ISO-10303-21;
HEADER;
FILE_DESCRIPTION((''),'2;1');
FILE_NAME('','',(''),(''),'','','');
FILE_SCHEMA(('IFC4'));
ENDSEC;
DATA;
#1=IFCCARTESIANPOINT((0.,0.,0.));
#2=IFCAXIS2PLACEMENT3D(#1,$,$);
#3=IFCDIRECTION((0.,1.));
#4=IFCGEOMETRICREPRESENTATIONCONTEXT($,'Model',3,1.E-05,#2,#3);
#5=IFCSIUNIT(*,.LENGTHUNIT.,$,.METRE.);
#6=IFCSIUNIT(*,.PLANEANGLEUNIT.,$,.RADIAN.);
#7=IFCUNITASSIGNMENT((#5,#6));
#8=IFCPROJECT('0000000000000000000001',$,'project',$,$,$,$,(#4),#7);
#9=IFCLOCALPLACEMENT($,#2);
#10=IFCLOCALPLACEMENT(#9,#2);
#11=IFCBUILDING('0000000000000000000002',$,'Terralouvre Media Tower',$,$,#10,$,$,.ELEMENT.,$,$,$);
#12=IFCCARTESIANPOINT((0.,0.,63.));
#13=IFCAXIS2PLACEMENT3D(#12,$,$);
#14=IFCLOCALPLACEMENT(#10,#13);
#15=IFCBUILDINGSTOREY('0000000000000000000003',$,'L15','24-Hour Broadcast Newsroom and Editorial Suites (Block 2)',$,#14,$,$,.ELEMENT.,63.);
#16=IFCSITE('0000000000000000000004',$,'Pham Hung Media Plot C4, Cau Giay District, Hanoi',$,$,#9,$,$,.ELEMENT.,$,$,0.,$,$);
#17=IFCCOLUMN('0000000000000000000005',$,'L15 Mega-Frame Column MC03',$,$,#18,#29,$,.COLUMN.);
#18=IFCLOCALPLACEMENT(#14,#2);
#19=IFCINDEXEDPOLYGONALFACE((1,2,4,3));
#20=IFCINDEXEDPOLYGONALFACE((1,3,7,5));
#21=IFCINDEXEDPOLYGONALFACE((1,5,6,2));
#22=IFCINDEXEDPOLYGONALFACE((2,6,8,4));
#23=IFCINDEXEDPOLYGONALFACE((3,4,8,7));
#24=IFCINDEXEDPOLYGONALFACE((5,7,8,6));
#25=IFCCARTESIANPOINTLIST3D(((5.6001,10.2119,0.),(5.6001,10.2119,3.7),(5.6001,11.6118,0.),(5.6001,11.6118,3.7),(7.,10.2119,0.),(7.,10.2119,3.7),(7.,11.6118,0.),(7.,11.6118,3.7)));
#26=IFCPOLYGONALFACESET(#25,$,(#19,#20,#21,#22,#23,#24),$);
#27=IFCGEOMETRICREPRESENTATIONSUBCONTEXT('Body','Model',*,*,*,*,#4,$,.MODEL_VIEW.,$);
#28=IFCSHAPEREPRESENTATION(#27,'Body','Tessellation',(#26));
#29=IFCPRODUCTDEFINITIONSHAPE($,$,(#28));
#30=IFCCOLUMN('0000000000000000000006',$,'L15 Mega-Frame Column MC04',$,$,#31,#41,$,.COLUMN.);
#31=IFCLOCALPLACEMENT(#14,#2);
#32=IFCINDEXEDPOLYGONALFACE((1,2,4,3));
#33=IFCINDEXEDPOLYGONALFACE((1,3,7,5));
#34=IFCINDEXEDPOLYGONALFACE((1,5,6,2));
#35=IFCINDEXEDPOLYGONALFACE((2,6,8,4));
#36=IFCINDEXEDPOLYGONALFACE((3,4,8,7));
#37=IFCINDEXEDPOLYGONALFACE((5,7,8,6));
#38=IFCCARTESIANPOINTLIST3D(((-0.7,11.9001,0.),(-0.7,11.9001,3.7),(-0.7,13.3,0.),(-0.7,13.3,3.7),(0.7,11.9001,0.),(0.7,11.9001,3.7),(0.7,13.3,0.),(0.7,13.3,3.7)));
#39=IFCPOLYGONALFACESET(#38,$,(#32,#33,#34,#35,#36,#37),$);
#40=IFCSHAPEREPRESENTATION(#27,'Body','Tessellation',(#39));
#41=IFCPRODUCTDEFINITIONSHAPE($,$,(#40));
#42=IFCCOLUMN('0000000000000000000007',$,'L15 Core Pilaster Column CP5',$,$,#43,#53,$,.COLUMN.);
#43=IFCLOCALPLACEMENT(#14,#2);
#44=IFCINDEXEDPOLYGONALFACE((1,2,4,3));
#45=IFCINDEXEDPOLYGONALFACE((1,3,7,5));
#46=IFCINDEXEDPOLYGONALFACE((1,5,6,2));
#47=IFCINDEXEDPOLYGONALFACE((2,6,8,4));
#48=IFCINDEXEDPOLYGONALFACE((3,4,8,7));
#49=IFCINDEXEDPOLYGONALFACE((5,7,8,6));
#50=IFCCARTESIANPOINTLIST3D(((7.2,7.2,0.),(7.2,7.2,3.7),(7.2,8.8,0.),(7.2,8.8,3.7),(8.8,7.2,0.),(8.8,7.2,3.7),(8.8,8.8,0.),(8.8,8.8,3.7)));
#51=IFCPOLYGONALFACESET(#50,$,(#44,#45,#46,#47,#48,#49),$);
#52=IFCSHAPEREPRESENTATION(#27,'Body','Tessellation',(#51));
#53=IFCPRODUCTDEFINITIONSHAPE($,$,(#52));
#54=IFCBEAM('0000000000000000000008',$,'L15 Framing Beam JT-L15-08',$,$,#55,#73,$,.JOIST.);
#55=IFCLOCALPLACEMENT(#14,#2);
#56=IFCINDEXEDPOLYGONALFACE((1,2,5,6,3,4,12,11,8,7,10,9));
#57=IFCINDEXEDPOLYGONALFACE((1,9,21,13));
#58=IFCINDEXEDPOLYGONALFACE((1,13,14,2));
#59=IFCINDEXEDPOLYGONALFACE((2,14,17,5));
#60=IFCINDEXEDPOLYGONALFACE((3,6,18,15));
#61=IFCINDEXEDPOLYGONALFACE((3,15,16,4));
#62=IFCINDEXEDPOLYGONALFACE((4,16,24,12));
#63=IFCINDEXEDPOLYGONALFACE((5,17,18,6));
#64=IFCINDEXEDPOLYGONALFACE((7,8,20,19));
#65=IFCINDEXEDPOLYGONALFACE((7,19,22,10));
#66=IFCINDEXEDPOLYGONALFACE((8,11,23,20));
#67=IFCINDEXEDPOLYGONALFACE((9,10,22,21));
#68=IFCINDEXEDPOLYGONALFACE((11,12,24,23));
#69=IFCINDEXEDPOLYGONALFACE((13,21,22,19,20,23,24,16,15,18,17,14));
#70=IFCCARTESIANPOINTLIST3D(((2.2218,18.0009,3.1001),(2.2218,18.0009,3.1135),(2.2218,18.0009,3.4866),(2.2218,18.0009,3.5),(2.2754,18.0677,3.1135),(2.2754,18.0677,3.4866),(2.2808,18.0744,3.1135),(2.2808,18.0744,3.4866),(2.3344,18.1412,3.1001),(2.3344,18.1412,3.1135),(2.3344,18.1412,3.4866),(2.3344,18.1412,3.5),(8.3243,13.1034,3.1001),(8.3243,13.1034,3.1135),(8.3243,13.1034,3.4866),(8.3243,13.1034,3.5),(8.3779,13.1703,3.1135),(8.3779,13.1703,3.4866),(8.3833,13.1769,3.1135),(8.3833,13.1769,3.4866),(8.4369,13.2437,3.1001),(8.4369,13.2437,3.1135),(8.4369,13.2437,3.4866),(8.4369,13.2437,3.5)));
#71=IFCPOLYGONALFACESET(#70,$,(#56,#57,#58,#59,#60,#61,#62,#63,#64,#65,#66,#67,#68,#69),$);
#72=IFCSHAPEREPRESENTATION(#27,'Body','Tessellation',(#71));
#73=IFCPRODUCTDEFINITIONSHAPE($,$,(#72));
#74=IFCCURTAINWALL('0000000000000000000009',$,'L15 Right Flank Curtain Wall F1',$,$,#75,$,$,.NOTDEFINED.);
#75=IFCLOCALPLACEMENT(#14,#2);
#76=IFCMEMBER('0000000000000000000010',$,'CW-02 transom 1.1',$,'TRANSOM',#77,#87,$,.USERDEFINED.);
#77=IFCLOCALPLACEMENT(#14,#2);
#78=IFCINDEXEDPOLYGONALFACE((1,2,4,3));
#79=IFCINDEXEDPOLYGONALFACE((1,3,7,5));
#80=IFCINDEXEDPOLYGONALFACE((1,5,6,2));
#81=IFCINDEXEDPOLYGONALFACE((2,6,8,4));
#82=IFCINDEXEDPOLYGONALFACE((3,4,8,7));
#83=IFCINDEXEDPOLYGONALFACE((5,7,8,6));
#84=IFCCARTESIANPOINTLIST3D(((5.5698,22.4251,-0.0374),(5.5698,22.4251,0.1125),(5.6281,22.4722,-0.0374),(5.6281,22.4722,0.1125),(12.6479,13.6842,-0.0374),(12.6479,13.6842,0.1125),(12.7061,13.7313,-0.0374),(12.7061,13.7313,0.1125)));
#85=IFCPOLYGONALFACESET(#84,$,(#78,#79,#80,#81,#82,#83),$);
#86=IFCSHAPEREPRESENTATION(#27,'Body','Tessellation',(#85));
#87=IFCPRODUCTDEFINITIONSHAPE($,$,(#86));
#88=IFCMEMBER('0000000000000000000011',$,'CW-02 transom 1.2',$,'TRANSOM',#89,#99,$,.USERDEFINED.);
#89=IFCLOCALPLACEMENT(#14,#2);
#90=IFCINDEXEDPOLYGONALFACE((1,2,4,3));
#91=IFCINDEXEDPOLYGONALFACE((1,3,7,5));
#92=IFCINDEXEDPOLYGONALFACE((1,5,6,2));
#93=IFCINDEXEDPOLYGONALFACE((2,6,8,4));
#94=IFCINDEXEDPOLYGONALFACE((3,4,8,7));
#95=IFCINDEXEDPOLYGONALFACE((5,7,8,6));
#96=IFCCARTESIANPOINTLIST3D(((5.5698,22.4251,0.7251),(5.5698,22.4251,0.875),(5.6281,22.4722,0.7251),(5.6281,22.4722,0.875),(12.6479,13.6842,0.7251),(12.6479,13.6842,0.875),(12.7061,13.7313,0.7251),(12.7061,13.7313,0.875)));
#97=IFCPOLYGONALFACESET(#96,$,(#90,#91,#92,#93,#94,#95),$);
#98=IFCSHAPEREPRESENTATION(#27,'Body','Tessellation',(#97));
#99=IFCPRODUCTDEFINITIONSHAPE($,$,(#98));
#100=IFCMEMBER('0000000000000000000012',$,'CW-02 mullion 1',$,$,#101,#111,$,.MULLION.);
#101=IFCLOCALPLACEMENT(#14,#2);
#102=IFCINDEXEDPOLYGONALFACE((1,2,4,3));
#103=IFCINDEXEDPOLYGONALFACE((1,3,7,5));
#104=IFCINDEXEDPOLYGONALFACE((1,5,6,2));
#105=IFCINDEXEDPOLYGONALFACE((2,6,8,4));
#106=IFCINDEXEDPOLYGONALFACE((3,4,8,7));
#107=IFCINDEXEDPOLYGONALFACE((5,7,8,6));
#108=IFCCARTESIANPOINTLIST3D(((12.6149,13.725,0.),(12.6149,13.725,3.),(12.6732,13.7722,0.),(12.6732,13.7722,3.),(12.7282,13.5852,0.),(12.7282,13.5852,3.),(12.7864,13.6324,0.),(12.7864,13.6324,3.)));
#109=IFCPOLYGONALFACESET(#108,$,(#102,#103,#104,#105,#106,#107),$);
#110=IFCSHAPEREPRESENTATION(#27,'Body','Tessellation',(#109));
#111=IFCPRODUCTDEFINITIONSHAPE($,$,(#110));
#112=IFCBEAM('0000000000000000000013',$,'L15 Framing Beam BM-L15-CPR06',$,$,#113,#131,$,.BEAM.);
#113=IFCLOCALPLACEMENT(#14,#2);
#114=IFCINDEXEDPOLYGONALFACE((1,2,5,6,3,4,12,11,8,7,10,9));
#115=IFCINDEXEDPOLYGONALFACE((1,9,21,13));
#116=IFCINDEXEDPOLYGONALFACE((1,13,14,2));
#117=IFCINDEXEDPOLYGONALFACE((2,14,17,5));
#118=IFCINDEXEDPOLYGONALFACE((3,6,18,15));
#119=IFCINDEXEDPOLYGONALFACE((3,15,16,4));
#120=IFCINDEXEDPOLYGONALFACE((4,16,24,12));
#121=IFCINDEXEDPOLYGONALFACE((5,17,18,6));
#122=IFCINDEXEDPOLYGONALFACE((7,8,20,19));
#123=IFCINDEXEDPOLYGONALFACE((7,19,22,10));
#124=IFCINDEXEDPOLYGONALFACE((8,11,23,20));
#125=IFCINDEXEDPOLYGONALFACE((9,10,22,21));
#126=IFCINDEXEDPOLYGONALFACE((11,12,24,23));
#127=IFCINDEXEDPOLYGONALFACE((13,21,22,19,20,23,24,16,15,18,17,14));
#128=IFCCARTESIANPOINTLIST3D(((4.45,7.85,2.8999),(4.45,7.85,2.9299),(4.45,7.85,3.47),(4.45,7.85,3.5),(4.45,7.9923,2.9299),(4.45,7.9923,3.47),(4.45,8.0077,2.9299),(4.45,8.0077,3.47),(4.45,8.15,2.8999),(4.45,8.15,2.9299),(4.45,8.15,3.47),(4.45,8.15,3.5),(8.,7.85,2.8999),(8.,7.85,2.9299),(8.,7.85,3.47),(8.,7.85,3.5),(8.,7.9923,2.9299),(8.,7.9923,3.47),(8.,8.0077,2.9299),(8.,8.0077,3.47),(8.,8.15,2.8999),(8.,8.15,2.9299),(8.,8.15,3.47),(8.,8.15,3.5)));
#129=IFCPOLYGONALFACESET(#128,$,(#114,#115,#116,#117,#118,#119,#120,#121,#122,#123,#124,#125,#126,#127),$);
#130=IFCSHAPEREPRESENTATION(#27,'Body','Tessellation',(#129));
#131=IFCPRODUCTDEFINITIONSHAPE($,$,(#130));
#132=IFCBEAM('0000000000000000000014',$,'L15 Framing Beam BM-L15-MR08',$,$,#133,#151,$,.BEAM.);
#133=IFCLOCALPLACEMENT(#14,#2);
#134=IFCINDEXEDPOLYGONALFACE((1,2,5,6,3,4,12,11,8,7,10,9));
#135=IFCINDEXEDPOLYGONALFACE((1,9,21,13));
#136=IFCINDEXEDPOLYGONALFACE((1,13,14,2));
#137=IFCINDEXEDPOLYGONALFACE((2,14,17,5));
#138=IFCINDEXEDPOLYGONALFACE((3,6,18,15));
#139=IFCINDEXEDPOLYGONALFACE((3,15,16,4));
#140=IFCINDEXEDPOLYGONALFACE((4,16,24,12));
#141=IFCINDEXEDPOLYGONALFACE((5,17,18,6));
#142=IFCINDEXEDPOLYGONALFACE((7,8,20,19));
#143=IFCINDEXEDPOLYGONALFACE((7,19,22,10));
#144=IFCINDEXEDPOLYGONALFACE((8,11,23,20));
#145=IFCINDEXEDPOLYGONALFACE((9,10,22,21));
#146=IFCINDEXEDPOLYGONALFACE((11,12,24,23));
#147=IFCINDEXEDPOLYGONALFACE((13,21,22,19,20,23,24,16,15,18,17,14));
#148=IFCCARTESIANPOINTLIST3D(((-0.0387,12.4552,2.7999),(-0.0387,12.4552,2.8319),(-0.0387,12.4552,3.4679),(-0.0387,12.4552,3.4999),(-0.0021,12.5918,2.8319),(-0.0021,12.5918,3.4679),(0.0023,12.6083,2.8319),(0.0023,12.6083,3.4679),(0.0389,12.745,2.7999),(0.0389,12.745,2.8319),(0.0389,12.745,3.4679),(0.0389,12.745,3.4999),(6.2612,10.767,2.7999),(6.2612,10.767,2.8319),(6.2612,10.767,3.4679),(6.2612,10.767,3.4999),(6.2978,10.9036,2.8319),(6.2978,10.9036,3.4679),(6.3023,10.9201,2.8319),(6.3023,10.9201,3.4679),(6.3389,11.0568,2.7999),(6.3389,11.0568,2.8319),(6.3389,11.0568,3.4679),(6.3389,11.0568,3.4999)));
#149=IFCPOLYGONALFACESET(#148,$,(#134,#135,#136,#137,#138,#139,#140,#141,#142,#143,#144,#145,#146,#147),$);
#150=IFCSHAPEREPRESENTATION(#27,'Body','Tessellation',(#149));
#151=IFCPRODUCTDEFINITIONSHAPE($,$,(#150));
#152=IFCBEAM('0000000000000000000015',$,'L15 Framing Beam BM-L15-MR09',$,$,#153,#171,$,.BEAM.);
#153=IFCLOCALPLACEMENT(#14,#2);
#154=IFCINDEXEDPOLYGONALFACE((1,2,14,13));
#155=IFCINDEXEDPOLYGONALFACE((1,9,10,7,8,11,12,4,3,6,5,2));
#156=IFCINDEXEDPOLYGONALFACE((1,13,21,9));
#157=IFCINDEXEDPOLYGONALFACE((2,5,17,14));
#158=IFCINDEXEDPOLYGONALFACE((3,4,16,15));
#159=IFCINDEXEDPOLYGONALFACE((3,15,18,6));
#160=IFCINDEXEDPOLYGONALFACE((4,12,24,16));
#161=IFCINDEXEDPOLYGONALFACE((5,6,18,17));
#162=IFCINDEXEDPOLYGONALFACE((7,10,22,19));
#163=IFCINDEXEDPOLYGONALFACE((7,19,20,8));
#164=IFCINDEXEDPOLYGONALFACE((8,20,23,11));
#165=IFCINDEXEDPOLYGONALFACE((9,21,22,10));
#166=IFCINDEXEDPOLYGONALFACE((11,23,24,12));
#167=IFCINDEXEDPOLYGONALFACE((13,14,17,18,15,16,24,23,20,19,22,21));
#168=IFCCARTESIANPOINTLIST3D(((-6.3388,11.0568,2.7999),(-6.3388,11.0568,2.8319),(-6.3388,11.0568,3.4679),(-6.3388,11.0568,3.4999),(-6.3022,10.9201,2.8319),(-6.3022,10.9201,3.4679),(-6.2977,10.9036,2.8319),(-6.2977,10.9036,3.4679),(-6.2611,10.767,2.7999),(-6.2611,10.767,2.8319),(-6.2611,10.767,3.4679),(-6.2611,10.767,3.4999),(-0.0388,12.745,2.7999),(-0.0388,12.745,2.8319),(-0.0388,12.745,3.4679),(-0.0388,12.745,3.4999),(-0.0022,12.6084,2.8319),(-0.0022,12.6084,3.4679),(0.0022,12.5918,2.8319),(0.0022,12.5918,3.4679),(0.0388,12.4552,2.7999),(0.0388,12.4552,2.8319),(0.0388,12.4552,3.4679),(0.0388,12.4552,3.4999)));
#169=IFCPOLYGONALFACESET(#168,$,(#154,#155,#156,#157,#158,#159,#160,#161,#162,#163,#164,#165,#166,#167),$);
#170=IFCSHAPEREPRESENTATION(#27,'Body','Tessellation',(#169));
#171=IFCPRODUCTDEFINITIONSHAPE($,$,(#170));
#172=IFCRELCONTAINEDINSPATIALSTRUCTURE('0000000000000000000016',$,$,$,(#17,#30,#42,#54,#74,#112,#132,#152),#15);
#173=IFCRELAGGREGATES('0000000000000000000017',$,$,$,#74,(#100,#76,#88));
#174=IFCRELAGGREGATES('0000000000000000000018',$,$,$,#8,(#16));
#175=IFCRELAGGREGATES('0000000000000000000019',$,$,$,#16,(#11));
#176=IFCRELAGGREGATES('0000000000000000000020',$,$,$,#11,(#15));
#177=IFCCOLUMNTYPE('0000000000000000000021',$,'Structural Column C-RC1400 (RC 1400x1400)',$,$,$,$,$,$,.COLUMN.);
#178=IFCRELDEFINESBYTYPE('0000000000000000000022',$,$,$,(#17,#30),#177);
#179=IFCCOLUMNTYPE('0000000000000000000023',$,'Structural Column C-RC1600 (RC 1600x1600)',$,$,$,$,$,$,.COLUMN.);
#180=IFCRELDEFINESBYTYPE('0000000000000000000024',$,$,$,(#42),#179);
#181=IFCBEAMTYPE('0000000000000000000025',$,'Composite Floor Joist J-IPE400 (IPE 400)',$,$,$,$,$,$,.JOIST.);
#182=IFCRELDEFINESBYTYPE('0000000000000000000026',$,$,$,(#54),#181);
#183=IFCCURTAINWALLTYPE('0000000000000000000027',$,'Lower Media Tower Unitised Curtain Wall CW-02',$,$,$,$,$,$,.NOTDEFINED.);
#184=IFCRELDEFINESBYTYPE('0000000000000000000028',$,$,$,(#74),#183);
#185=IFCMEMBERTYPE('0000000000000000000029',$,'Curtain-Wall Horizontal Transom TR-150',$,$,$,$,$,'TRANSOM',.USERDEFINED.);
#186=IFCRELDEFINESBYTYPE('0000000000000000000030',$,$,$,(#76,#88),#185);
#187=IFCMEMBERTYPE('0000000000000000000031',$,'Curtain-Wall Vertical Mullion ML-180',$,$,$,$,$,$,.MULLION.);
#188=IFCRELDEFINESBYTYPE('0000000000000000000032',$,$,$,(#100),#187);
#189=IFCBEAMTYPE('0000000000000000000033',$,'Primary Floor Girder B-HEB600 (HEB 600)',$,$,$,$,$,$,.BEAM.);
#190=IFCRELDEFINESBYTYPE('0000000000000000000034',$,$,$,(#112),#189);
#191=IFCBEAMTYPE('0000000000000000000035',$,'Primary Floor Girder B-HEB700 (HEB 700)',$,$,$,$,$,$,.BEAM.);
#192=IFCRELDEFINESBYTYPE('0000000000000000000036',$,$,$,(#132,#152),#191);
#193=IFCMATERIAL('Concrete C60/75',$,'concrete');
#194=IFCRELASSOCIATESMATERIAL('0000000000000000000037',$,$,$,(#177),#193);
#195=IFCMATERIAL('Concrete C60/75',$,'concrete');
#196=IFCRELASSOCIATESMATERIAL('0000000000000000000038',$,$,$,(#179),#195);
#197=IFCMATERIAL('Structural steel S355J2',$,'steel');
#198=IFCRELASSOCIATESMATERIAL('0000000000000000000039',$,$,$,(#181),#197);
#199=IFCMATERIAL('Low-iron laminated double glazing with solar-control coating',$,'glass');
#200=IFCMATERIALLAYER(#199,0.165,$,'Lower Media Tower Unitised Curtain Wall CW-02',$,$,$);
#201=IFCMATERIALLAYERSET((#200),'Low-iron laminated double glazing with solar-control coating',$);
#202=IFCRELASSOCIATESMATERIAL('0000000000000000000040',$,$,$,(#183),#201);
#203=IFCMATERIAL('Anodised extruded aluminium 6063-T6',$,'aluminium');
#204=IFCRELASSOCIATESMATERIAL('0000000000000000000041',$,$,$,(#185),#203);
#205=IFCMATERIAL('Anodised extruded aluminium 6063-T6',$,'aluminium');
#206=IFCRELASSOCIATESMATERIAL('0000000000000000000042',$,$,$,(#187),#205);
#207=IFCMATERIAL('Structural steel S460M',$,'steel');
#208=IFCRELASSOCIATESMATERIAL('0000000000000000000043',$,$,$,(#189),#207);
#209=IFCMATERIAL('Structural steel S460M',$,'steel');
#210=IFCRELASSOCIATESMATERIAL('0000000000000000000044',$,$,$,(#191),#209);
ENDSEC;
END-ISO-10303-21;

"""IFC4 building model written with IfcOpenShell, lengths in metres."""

from ifc_helpers import new_model, si_unit, direction, frame, origin, origin_2d, place, context, subcontext, project, spatial, rectangle, i_section, extrude, material, layer, layer_set, material_profile, profile_set, type_object, element, aggregate, save


model = new_model("IFC4")

# Units and contexts
model_context = context("Model", 3, precision=1e-05, world=origin(), true_north=direction((0.0, 1.0)))
body_context = subcontext(model_context, "Body", "Model", "MODEL_VIEW")
ifc_project = project(units=[si_unit("LENGTHUNIT", "METRE"), si_unit("PLANEANGLEUNIT", "RADIAN")], contexts=[model_context])

# Site, building, storey
site_placement = place(None, origin())
site = spatial("IfcSite", under=ifc_project, at=site_placement, Name="Pham Hung Media Plot C4, Cau Giay District, Hanoi", CompositionType="ELEMENT", RefElevation=0.0)
building_placement = place(site_placement, origin())
building = spatial("IfcBuilding", under=site, at=building_placement, Name="Terralouvre Media Tower", CompositionType="ELEMENT")
storey_placement = place(building_placement, frame((0.0, 0.0, 63.0)))
storey = spatial("IfcBuildingStorey", under=building, at=storey_placement, Name="L15", Description="24-Hour Broadcast Newsroom and Editorial Suites (Block 2)", CompositionType="ELEMENT", Elevation=63.0)

# Columns
ifc_material_1 = material(Name="Concrete C60/75", Category="concrete")
ifc_material_profile_1 = material_profile(ifc_material_1, rectangle(XDim=1.3999, YDim=1.3999, at=origin_2d()), Name="RC 1400x1400")
ifc_profile_set_1 = profile_set([ifc_material_profile_1], Name="Concrete C60/75")
column_type_1 = type_object("IfcColumnType", Name="Structural Column C-RC1400 (RC 1400x1400)", PredefinedType="COLUMN", material=ifc_profile_set_1)
for number, where, z_axis, x_axis, name in (
    (1, (6.3, 10.9119, 0.0), (0.0, 0.0, 1.0), (1.0, 0.0, 0.0), "L15 Mega-Frame Column MC03"),
    (2, (0.0, 12.6001, 0.0), (0.0, 0.0, 1.0), (1.0, 0.0, 0.0), "L15 Mega-Frame Column MC04"),
):
    element("IfcColumn", number, at=place(storey_placement, frame(where, z_axis=z_axis, x_axis=x_axis)), inside=storey, type_object=column_type_1, Name=name, PredefinedType="COLUMN", context=body_context, shape_type="SweptSolid", body=[
        extrude(rectangle(XDim=1.3999, YDim=1.3999, at=origin_2d()), origin(), (0.0, 0.0, 1.0), 3.7),
    ])
ifc_material_2 = material(Name="Concrete C60/75", Category="concrete")
ifc_material_profile_2 = material_profile(ifc_material_2, rectangle(XDim=1.6001, YDim=1.6001, at=origin_2d()), Name="RC 1600x1600")
ifc_profile_set_2 = profile_set([ifc_material_profile_2], Name="Concrete C60/75")
column_type_2 = type_object("IfcColumnType", Name="Structural Column C-RC1600 (RC 1600x1600)", PredefinedType="COLUMN", material=ifc_profile_set_2)
column_placement = place(storey_placement, frame((8.0, 8.0, 0.0), z_axis=(0.0, 0.0, 1.0), x_axis=(1.0, 0.0, 0.0)))
element("IfcColumn", 3, at=column_placement, inside=storey, type_object=column_type_2, Name="L15 Core Pilaster Column CP5", PredefinedType="COLUMN", context=body_context, shape_type="SweptSolid", body=[
    extrude(rectangle(XDim=1.6001, YDim=1.6001, at=origin_2d()), origin(), (0.0, 0.0, 1.0), 3.7),
])

# Beam
ifc_material_3 = material(Name="Structural steel S355J2", Category="steel")
ifc_material_profile_3 = material_profile(ifc_material_3, i_section(OverallWidth=0.1799, OverallDepth=0.3999, WebThickness=0.0085, FlangeThickness=0.0134, at=origin_2d()), Name="IPE 400")
ifc_profile_set_3 = profile_set([ifc_material_profile_3], Name="Structural steel S355J2")
beam_type_1 = type_object("IfcBeamType", Name="Composite Floor Joist J-IPE400 (IPE 400)", PredefinedType="JOIST", material=ifc_profile_set_3)
beam_1_placement = place(storey_placement, frame((8.3806, 13.1736, 3.3), z_axis=(-0.779906, 0.625897, 0.0), x_axis=(-0.625897, -0.779906, 0.0)))
element("IfcBeam", 4, at=beam_1_placement, inside=storey, type_object=beam_type_1, Name="L15 Framing Beam JT-L15-08", PredefinedType="JOIST", context=body_context, shape_type="SweptSolid", body=[
    extrude(i_section(OverallWidth=0.1799, OverallDepth=0.3999, WebThickness=0.0085, FlangeThickness=0.0134, at=origin_2d()), origin(), (0.0, 0.0, 1.0), 7.8247),
])

# Curtain wall, members
ifc_material_4 = material(Name="Low-iron laminated double glazing with solar-control coating", Category="glass")
ifc_layer_1 = layer(ifc_material_4, 0.165, Name="Lower Media Tower Unitised Curtain Wall CW-02")
ifc_layer_set_1 = layer_set([ifc_layer_1], Name="Low-iron laminated double glazing with solar-control coating")
curtain_wall_type = type_object("IfcCurtainWallType", Name="Lower Media Tower Unitised Curtain Wall CW-02", PredefinedType="NOTDEFINED", material=ifc_layer_set_1)
curtain_wall_placement = place(storey_placement, origin())
curtain_wall = element("IfcCurtainWall", 5, at=curtain_wall_placement, inside=storey, type_object=curtain_wall_type, Name="L15 Right Flank Curtain Wall F1", PredefinedType="NOTDEFINED")
ifc_material_5 = material(Name="Anodised extruded aluminium 6063-T6", Category="aluminium")
ifc_material_profile_4 = material_profile(ifc_material_5, rectangle(XDim=0.075, YDim=0.1499, at=origin_2d()), Name="ALU 75x150")
ifc_profile_set_4 = profile_set([ifc_material_profile_4], Name="Anodised extruded aluminium 6063-T6")
member_type_1 = type_object("IfcMemberType", Name="Curtain-Wall Horizontal Transom TR-150", ElementType="TRANSOM", PredefinedType="USERDEFINED", material=ifc_profile_set_4)
member_1_placement = place(storey_placement, frame((12.677, 13.7078, 0.0376), z_axis=(-0.629311, 0.777153, 0.0), x_axis=(-0.777153, -0.629311, 0.0)))
member_1 = element("IfcMember", 6, at=member_1_placement, type_object=member_type_1, Name="CW-02 transom 1.1", ObjectType="TRANSOM", PredefinedType="USERDEFINED", context=body_context, shape_type="SweptSolid", body=[
    extrude(rectangle(XDim=0.075, YDim=0.1499, at=origin_2d()), origin(), (0.0, 0.0, 1.0), 11.2473),
])
member_2_placement = place(storey_placement, frame((12.677, 13.7078, 0.8), z_axis=(-0.629311, 0.777153, 0.0), x_axis=(-0.777153, -0.629311, 0.0)))
member_2 = element("IfcMember", 7, at=member_2_placement, type_object=member_type_1, Name="CW-02 transom 1.2", ObjectType="TRANSOM", PredefinedType="USERDEFINED", context=body_context, shape_type="SweptSolid", body=[
    extrude(rectangle(XDim=0.075, YDim=0.1499, at=origin_2d()), origin(), (0.0, 0.0, 1.0), 11.2473),
])
ifc_material_6 = material(Name="Anodised extruded aluminium 6063-T6", Category="aluminium")
ifc_material_profile_5 = material_profile(ifc_material_6, rectangle(XDim=0.075, YDim=0.1799, at=origin_2d()), Name="ALU 75x180")
ifc_profile_set_5 = profile_set([ifc_material_profile_5], Name="Anodised extruded aluminium 6063-T6")
member_type_2 = type_object("IfcMemberType", Name="Curtain-Wall Vertical Mullion ML-180", PredefinedType="MULLION", material=ifc_profile_set_5)
member_3_placement = place(storey_placement, frame((12.7007, 13.6787, 0.0), z_axis=(0.0, 0.0, 1.0), x_axis=(-0.777146, -0.629321, 0.0)))
member_3 = element("IfcMember", 8, at=member_3_placement, type_object=member_type_2, Name="CW-02 mullion 1", PredefinedType="MULLION", context=body_context, shape_type="SweptSolid", body=[
    extrude(rectangle(XDim=0.075, YDim=0.1799, at=origin_2d()), origin(), (0.0, 0.0, 1.0), 3.0),
])
aggregate(curtain_wall, [member_3, member_1, member_2])

# Beams
ifc_material_7 = material(Name="Structural steel S460M", Category="steel")
ifc_material_profile_6 = material_profile(ifc_material_7, i_section(OverallWidth=0.3, OverallDepth=0.6001, WebThickness=0.0154, FlangeThickness=0.03, at=origin_2d()), Name="HEB 600")
ifc_profile_set_6 = profile_set([ifc_material_profile_6], Name="Structural steel S460M")
beam_type_2 = type_object("IfcBeamType", Name="Primary Floor Girder B-HEB600 (HEB 600)", PredefinedType="BEAM", material=ifc_profile_set_6)
beam_2_placement = place(storey_placement, frame((8.0, 8.0, 3.2), z_axis=(-1.0, 0.0, 0.0), x_axis=(0.0, -1.0, 0.0)))
element("IfcBeam", 9, at=beam_2_placement, inside=storey, type_object=beam_type_2, Name="L15 Framing Beam BM-L15-CPR06", PredefinedType="BEAM", context=body_context, shape_type="SweptSolid", body=[
    extrude(i_section(OverallWidth=0.3, OverallDepth=0.6001, WebThickness=0.0154, FlangeThickness=0.03, at=origin_2d()), origin(), (0.0, 0.0, 1.0), 3.55),
])
ifc_material_8 = material(Name="Structural steel S460M", Category="steel")
ifc_material_profile_7 = material_profile(ifc_material_8, i_section(OverallWidth=0.3, OverallDepth=0.7, WebThickness=0.0171, FlangeThickness=0.032, at=origin_2d()), Name="HEB 700")
ifc_profile_set_7 = profile_set([ifc_material_profile_7], Name="Structural steel S460M")
beam_type_3 = type_object("IfcBeamType", Name="Primary Floor Girder B-HEB700 (HEB 700)", PredefinedType="BEAM", material=ifc_profile_set_7)
for number, where, z_axis, x_axis, name in (
    (10, (6.3, 10.9119, 3.1499), (-0.96592, 0.258839, 0.0), (-0.258839, -0.96592, 0.0), "L15 Framing Beam BM-L15-MR08"),
    (11, (0.0, 12.6001, 3.1499), (-0.96592, -0.258839, 0.0), (0.258839, -0.96592, 0.0), "L15 Framing Beam BM-L15-MR09"),
):
    element("IfcBeam", number, at=place(storey_placement, frame(where, z_axis=z_axis, x_axis=x_axis)), inside=storey, type_object=beam_type_3, Name=name, PredefinedType="BEAM", context=body_context, shape_type="SweptSolid", body=[
        extrude(i_section(OverallWidth=0.3, OverallDepth=0.7, WebThickness=0.0171, FlangeThickness=0.032, at=origin_2d()), origin(), (0.0, 0.0, 1.0), 6.5222),
    ])

save(model, "model.ifc")
